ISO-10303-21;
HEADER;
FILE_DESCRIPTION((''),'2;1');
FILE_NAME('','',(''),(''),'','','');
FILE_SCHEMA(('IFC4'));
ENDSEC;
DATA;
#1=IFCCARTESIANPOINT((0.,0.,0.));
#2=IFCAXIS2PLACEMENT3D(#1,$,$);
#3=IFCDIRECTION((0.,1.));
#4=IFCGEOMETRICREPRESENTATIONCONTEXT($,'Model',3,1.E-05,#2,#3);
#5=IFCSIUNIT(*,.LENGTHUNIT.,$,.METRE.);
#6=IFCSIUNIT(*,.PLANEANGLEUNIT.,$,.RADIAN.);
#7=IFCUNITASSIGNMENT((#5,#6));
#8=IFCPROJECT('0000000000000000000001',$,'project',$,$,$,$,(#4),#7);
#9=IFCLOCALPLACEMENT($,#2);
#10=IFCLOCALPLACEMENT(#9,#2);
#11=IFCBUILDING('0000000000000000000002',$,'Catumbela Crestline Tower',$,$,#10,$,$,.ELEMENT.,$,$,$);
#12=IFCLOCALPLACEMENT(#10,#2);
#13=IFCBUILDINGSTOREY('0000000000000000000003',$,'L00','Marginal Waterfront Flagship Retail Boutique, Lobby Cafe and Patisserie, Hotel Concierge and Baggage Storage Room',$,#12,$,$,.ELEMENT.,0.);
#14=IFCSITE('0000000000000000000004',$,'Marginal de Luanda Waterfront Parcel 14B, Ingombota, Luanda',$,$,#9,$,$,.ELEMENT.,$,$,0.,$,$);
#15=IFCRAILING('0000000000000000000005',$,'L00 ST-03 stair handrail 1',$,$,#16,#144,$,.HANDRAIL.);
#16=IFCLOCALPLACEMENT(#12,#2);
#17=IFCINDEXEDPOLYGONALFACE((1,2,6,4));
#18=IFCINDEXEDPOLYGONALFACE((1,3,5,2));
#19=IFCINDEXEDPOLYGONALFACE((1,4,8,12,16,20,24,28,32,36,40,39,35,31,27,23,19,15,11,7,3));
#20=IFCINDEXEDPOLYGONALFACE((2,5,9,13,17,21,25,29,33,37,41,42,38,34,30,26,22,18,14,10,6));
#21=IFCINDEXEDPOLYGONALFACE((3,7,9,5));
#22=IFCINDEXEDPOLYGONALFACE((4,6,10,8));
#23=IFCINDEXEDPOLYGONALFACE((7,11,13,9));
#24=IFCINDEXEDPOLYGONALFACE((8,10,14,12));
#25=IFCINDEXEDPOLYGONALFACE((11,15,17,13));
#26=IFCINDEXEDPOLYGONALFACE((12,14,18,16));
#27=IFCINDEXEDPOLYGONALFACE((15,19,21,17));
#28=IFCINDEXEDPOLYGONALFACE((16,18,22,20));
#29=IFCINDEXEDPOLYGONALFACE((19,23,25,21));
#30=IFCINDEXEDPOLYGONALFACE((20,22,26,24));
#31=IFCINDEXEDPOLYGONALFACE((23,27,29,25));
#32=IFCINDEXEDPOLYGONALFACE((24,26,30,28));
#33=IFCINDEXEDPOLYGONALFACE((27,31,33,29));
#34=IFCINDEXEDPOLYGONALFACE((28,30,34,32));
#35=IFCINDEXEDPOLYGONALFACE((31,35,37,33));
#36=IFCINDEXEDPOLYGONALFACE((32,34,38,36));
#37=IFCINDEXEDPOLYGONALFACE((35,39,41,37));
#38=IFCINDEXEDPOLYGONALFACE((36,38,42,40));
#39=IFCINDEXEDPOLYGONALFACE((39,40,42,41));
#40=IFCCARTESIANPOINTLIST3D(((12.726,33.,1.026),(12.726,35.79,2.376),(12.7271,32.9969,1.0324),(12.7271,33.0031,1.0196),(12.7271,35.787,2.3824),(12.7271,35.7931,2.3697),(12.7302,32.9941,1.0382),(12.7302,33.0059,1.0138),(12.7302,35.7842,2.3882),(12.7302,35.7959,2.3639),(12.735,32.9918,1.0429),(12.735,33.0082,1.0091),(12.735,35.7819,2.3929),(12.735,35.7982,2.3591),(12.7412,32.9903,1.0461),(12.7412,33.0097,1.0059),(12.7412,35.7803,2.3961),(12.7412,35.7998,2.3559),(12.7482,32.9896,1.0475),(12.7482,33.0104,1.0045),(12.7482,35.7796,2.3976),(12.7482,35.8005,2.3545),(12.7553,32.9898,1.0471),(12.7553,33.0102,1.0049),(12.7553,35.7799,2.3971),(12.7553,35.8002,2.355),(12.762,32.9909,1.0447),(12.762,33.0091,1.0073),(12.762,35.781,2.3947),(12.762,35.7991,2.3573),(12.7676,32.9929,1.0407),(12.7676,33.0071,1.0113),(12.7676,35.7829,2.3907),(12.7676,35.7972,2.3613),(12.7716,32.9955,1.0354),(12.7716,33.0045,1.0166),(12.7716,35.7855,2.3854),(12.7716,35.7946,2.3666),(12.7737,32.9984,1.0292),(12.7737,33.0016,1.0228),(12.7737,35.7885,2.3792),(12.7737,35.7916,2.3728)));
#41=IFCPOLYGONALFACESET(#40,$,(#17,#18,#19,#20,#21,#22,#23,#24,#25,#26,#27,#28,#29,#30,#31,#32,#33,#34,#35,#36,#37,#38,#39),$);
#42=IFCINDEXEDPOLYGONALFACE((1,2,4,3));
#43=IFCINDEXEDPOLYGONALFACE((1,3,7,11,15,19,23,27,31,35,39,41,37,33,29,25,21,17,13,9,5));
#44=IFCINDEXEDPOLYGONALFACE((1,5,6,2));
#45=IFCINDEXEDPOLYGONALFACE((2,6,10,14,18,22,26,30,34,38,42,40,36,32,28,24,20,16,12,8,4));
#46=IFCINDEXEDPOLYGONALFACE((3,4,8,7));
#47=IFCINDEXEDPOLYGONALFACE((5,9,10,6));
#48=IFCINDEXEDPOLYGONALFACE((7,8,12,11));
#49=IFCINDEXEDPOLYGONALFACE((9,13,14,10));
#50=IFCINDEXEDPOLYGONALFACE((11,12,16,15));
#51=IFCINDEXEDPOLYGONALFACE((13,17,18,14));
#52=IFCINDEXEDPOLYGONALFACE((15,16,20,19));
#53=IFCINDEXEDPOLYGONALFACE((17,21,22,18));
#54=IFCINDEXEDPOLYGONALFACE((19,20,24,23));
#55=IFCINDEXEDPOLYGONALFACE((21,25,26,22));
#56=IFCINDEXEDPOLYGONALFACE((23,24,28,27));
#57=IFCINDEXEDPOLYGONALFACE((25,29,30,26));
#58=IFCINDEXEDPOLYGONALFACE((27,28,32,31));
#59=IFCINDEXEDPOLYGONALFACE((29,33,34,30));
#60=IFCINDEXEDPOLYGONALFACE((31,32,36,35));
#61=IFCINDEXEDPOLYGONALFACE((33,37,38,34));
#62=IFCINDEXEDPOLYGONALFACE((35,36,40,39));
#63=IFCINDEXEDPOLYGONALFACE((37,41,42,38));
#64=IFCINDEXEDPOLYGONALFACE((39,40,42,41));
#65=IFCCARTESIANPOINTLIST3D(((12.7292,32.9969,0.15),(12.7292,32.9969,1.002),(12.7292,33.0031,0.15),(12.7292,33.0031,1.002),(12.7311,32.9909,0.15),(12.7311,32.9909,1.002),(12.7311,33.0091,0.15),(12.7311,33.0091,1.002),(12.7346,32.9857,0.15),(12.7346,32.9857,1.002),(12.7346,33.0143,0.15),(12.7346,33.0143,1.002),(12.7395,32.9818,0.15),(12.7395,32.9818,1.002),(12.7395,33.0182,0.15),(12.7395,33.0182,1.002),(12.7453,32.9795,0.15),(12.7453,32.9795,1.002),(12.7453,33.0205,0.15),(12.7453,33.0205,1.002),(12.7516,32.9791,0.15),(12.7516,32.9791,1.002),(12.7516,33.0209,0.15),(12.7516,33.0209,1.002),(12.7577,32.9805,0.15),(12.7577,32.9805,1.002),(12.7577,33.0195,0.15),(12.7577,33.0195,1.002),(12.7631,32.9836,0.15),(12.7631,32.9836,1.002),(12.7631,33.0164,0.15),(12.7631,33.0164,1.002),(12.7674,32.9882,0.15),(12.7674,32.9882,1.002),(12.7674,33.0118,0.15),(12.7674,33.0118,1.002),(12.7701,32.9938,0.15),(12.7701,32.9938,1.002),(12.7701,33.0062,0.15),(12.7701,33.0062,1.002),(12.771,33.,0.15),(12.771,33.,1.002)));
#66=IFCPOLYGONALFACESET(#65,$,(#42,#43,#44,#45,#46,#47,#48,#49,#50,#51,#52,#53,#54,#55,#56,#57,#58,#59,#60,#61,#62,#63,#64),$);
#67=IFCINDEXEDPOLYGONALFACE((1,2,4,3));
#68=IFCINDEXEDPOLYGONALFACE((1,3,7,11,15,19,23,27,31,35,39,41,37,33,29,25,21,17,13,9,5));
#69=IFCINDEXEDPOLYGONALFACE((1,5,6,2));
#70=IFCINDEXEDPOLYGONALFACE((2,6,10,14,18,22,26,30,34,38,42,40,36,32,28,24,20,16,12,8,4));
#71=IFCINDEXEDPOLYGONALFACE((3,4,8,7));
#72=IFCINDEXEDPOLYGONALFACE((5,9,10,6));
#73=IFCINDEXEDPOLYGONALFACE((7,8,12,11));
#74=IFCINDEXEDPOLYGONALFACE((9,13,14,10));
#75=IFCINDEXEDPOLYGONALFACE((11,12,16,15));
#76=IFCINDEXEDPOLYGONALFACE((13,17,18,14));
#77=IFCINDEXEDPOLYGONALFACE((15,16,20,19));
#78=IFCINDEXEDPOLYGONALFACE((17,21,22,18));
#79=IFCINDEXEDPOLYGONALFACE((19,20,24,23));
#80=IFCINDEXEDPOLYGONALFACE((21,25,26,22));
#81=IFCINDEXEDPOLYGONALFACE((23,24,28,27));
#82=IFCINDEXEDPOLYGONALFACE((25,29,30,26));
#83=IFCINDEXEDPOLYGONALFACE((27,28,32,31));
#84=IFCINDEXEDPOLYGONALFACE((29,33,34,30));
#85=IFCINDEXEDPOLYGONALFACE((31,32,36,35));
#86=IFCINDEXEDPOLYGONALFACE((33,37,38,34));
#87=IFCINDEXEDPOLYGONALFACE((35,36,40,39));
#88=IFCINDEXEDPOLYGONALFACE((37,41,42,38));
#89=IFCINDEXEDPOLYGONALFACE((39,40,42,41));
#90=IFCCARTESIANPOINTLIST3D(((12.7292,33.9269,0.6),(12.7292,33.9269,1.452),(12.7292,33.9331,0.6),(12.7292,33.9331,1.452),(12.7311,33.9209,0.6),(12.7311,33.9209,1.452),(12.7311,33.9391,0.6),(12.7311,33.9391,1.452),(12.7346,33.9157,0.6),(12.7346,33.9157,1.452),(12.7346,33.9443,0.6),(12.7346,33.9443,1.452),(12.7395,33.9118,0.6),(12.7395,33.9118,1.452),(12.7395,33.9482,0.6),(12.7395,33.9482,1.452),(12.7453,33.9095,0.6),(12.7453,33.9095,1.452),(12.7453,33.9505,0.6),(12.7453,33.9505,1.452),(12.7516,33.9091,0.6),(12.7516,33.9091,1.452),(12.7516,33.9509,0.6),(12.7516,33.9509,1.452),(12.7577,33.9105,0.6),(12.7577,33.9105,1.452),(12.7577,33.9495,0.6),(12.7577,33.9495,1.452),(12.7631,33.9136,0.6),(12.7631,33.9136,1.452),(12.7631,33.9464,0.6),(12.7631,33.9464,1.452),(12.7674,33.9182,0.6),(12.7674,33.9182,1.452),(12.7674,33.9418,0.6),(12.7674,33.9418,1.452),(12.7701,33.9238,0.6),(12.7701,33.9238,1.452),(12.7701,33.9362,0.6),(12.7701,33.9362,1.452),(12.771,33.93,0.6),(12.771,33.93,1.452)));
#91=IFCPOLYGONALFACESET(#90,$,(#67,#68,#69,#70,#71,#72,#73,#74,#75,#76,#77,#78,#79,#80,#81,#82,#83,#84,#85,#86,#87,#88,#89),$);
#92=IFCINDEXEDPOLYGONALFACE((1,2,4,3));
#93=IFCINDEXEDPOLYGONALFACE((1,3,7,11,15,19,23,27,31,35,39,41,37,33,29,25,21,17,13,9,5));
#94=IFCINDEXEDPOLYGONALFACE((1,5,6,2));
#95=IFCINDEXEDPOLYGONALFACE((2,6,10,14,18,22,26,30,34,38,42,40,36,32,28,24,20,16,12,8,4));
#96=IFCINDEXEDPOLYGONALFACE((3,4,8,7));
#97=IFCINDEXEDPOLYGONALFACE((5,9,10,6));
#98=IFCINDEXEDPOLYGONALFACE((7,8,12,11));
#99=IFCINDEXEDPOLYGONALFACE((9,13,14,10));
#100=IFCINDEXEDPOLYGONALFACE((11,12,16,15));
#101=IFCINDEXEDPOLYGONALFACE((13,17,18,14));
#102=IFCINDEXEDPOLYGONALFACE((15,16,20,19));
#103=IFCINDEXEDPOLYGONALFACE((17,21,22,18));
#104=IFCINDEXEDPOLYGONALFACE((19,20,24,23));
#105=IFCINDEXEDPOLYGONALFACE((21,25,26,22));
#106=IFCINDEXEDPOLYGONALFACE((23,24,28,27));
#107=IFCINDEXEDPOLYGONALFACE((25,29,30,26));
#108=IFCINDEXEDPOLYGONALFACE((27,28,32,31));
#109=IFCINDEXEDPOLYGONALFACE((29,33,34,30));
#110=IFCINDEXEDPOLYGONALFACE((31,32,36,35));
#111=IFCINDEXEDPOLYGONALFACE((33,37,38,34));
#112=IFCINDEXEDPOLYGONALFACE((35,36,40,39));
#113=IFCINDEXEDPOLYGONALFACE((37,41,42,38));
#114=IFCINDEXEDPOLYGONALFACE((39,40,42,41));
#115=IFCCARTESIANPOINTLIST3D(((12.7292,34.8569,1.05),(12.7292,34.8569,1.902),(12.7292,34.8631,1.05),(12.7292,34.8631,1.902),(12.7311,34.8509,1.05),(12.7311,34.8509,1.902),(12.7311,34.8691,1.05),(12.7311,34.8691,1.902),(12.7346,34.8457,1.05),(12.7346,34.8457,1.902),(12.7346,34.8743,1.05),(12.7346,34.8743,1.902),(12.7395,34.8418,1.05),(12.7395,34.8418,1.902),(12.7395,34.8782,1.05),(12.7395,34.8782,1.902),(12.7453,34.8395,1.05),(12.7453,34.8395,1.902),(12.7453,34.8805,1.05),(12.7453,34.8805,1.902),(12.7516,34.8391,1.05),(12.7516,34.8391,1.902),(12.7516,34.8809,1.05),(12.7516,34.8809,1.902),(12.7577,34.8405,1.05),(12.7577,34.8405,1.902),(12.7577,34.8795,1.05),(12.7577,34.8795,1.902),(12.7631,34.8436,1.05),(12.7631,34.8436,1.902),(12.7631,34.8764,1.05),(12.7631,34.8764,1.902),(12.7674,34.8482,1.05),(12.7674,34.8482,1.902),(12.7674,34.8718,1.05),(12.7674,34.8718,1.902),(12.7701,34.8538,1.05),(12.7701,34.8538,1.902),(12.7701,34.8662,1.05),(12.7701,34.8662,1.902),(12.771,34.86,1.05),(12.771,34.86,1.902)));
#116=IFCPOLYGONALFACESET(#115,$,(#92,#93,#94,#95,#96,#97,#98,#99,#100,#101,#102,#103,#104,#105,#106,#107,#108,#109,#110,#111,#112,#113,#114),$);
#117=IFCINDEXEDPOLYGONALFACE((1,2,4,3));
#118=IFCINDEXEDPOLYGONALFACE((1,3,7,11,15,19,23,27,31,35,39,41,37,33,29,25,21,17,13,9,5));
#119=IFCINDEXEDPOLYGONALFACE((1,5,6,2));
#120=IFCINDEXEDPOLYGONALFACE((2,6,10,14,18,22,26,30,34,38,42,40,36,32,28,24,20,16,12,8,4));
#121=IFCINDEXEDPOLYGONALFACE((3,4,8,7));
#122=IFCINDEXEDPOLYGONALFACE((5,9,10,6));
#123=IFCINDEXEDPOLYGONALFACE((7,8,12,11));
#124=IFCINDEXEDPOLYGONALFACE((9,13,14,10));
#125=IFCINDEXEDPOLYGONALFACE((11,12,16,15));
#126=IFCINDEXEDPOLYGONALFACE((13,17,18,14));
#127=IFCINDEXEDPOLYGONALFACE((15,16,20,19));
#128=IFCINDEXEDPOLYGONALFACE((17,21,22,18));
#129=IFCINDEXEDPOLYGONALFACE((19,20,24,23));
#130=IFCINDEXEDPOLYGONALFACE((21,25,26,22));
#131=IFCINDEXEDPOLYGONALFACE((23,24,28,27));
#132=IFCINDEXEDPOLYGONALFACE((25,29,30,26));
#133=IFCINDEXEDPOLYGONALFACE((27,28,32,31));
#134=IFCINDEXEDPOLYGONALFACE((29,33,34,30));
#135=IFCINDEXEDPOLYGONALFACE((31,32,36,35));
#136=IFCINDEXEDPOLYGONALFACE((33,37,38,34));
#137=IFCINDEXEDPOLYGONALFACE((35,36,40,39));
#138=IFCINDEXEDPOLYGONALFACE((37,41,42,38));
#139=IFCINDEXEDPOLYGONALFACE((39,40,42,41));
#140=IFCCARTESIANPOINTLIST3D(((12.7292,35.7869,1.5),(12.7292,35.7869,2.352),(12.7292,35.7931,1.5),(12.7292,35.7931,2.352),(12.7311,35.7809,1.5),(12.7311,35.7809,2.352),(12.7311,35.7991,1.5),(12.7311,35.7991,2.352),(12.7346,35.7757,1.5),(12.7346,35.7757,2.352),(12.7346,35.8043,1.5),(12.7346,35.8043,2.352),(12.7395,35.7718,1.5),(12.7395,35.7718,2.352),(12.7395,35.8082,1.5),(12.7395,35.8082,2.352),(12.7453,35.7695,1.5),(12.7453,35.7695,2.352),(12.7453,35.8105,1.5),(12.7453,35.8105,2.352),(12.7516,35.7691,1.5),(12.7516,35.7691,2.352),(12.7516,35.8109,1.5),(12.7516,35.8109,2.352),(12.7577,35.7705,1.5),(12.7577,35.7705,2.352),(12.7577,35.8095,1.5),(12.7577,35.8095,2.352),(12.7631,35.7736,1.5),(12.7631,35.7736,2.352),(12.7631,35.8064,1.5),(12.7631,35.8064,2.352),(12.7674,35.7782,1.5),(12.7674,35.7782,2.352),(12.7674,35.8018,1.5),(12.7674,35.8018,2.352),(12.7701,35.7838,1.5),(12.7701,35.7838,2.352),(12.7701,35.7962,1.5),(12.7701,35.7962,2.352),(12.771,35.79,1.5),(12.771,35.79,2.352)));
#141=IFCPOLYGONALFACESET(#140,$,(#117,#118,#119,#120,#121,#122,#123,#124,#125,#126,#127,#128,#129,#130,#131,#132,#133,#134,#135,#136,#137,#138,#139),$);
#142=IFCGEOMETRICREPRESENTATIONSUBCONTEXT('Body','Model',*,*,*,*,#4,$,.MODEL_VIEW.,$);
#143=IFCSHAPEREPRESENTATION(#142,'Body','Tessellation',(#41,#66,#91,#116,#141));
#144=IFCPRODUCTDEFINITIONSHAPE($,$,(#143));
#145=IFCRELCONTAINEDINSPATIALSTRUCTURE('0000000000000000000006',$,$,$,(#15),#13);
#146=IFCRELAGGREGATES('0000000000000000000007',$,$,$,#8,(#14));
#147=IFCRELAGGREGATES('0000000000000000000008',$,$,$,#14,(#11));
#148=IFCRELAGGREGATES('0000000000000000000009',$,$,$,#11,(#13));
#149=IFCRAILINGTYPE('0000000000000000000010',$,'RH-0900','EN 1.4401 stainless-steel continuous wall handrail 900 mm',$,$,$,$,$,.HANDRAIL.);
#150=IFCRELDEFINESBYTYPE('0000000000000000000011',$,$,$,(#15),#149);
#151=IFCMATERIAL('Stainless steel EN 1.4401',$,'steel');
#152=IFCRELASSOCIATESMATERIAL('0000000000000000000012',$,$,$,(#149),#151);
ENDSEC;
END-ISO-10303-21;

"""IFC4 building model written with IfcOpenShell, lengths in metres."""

from ifc_helpers import new_model, si_unit, direction, frame, origin, origin_2d, place, context, subcontext, project, spatial, circle, extrude, material, type_object, element, save


model = new_model("IFC4")

# Units and contexts
model_context = context("Model", 3, precision=1e-05, world=origin(), true_north=direction((0.0, 1.0)))
body_context = subcontext(model_context, "Body", "Model", "MODEL_VIEW")
ifc_project = project(units=[si_unit("LENGTHUNIT", "METRE"), si_unit("PLANEANGLEUNIT", "RADIAN")], contexts=[model_context])

# Site, building, storey
site_placement = place(None, origin())
site = spatial("IfcSite", under=ifc_project, at=site_placement, Name="Marginal de Luanda Waterfront Parcel 14B, Ingombota, Luanda", CompositionType="ELEMENT", RefElevation=0.0)
building_placement = place(site_placement, origin())
building = spatial("IfcBuilding", under=site, at=building_placement, Name="Catumbela Crestline Tower", CompositionType="ELEMENT")
storey_placement = place(building_placement, origin())
storey = spatial("IfcBuildingStorey", under=building, at=storey_placement, Name="L00", Description="Marginal Waterfront Flagship Retail Boutique, Lobby Cafe and Patisserie, Hotel Concierge and Baggage Storage Room", CompositionType="ELEMENT", Elevation=0.0)

# Shared definitions
ifc_material_1 = material(Name="Stainless steel EN 1.4401", Category="steel")

# Railing
railing_type_1 = type_object("IfcRailingType", Name="RH-0900", Description="EN 1.4401 stainless-steel continuous wall handrail 900 mm", PredefinedType="HANDRAIL", material=ifc_material_1)
for number, where, name in (
    (1, (12.75, 33.0, 0.15), "L00 ST-03 stair handrail 1"),
):
    element("IfcRailing", number, at=place(storey_placement, frame(where)), inside=storey, type_object=railing_type_1, Name=name, PredefinedType="HANDRAIL", context=body_context, shape_type="SweptSolid", body=[
        extrude(circle(Radius=0.024, at=origin_2d()), frame((0.0, 0.0, 0.876), z_axis=(0.0, 0.900159, 0.435561), x_axis=(-1.0, 0.0, 0.0)), (0.0, 0.0, 1.0), 3.0995),
        extrude(circle(Radius=0.021, at=origin_2d()), origin(), (0.0, 0.0, 1.0), 0.852),
        extrude(circle(Radius=0.021, at=origin_2d()), frame((0.0, 0.93, 0.45)), (0.0, 0.0, 1.0), 0.852),
        extrude(circle(Radius=0.021, at=origin_2d()), frame((0.0, 1.86, 0.9)), (0.0, 0.0, 1.0), 0.852),
        extrude(circle(Radius=0.021, at=origin_2d()), frame((0.0, 2.79, 1.35)), (0.0, 0.0, 1.0), 0.852),
    ])

save(model, "model.ifc")
